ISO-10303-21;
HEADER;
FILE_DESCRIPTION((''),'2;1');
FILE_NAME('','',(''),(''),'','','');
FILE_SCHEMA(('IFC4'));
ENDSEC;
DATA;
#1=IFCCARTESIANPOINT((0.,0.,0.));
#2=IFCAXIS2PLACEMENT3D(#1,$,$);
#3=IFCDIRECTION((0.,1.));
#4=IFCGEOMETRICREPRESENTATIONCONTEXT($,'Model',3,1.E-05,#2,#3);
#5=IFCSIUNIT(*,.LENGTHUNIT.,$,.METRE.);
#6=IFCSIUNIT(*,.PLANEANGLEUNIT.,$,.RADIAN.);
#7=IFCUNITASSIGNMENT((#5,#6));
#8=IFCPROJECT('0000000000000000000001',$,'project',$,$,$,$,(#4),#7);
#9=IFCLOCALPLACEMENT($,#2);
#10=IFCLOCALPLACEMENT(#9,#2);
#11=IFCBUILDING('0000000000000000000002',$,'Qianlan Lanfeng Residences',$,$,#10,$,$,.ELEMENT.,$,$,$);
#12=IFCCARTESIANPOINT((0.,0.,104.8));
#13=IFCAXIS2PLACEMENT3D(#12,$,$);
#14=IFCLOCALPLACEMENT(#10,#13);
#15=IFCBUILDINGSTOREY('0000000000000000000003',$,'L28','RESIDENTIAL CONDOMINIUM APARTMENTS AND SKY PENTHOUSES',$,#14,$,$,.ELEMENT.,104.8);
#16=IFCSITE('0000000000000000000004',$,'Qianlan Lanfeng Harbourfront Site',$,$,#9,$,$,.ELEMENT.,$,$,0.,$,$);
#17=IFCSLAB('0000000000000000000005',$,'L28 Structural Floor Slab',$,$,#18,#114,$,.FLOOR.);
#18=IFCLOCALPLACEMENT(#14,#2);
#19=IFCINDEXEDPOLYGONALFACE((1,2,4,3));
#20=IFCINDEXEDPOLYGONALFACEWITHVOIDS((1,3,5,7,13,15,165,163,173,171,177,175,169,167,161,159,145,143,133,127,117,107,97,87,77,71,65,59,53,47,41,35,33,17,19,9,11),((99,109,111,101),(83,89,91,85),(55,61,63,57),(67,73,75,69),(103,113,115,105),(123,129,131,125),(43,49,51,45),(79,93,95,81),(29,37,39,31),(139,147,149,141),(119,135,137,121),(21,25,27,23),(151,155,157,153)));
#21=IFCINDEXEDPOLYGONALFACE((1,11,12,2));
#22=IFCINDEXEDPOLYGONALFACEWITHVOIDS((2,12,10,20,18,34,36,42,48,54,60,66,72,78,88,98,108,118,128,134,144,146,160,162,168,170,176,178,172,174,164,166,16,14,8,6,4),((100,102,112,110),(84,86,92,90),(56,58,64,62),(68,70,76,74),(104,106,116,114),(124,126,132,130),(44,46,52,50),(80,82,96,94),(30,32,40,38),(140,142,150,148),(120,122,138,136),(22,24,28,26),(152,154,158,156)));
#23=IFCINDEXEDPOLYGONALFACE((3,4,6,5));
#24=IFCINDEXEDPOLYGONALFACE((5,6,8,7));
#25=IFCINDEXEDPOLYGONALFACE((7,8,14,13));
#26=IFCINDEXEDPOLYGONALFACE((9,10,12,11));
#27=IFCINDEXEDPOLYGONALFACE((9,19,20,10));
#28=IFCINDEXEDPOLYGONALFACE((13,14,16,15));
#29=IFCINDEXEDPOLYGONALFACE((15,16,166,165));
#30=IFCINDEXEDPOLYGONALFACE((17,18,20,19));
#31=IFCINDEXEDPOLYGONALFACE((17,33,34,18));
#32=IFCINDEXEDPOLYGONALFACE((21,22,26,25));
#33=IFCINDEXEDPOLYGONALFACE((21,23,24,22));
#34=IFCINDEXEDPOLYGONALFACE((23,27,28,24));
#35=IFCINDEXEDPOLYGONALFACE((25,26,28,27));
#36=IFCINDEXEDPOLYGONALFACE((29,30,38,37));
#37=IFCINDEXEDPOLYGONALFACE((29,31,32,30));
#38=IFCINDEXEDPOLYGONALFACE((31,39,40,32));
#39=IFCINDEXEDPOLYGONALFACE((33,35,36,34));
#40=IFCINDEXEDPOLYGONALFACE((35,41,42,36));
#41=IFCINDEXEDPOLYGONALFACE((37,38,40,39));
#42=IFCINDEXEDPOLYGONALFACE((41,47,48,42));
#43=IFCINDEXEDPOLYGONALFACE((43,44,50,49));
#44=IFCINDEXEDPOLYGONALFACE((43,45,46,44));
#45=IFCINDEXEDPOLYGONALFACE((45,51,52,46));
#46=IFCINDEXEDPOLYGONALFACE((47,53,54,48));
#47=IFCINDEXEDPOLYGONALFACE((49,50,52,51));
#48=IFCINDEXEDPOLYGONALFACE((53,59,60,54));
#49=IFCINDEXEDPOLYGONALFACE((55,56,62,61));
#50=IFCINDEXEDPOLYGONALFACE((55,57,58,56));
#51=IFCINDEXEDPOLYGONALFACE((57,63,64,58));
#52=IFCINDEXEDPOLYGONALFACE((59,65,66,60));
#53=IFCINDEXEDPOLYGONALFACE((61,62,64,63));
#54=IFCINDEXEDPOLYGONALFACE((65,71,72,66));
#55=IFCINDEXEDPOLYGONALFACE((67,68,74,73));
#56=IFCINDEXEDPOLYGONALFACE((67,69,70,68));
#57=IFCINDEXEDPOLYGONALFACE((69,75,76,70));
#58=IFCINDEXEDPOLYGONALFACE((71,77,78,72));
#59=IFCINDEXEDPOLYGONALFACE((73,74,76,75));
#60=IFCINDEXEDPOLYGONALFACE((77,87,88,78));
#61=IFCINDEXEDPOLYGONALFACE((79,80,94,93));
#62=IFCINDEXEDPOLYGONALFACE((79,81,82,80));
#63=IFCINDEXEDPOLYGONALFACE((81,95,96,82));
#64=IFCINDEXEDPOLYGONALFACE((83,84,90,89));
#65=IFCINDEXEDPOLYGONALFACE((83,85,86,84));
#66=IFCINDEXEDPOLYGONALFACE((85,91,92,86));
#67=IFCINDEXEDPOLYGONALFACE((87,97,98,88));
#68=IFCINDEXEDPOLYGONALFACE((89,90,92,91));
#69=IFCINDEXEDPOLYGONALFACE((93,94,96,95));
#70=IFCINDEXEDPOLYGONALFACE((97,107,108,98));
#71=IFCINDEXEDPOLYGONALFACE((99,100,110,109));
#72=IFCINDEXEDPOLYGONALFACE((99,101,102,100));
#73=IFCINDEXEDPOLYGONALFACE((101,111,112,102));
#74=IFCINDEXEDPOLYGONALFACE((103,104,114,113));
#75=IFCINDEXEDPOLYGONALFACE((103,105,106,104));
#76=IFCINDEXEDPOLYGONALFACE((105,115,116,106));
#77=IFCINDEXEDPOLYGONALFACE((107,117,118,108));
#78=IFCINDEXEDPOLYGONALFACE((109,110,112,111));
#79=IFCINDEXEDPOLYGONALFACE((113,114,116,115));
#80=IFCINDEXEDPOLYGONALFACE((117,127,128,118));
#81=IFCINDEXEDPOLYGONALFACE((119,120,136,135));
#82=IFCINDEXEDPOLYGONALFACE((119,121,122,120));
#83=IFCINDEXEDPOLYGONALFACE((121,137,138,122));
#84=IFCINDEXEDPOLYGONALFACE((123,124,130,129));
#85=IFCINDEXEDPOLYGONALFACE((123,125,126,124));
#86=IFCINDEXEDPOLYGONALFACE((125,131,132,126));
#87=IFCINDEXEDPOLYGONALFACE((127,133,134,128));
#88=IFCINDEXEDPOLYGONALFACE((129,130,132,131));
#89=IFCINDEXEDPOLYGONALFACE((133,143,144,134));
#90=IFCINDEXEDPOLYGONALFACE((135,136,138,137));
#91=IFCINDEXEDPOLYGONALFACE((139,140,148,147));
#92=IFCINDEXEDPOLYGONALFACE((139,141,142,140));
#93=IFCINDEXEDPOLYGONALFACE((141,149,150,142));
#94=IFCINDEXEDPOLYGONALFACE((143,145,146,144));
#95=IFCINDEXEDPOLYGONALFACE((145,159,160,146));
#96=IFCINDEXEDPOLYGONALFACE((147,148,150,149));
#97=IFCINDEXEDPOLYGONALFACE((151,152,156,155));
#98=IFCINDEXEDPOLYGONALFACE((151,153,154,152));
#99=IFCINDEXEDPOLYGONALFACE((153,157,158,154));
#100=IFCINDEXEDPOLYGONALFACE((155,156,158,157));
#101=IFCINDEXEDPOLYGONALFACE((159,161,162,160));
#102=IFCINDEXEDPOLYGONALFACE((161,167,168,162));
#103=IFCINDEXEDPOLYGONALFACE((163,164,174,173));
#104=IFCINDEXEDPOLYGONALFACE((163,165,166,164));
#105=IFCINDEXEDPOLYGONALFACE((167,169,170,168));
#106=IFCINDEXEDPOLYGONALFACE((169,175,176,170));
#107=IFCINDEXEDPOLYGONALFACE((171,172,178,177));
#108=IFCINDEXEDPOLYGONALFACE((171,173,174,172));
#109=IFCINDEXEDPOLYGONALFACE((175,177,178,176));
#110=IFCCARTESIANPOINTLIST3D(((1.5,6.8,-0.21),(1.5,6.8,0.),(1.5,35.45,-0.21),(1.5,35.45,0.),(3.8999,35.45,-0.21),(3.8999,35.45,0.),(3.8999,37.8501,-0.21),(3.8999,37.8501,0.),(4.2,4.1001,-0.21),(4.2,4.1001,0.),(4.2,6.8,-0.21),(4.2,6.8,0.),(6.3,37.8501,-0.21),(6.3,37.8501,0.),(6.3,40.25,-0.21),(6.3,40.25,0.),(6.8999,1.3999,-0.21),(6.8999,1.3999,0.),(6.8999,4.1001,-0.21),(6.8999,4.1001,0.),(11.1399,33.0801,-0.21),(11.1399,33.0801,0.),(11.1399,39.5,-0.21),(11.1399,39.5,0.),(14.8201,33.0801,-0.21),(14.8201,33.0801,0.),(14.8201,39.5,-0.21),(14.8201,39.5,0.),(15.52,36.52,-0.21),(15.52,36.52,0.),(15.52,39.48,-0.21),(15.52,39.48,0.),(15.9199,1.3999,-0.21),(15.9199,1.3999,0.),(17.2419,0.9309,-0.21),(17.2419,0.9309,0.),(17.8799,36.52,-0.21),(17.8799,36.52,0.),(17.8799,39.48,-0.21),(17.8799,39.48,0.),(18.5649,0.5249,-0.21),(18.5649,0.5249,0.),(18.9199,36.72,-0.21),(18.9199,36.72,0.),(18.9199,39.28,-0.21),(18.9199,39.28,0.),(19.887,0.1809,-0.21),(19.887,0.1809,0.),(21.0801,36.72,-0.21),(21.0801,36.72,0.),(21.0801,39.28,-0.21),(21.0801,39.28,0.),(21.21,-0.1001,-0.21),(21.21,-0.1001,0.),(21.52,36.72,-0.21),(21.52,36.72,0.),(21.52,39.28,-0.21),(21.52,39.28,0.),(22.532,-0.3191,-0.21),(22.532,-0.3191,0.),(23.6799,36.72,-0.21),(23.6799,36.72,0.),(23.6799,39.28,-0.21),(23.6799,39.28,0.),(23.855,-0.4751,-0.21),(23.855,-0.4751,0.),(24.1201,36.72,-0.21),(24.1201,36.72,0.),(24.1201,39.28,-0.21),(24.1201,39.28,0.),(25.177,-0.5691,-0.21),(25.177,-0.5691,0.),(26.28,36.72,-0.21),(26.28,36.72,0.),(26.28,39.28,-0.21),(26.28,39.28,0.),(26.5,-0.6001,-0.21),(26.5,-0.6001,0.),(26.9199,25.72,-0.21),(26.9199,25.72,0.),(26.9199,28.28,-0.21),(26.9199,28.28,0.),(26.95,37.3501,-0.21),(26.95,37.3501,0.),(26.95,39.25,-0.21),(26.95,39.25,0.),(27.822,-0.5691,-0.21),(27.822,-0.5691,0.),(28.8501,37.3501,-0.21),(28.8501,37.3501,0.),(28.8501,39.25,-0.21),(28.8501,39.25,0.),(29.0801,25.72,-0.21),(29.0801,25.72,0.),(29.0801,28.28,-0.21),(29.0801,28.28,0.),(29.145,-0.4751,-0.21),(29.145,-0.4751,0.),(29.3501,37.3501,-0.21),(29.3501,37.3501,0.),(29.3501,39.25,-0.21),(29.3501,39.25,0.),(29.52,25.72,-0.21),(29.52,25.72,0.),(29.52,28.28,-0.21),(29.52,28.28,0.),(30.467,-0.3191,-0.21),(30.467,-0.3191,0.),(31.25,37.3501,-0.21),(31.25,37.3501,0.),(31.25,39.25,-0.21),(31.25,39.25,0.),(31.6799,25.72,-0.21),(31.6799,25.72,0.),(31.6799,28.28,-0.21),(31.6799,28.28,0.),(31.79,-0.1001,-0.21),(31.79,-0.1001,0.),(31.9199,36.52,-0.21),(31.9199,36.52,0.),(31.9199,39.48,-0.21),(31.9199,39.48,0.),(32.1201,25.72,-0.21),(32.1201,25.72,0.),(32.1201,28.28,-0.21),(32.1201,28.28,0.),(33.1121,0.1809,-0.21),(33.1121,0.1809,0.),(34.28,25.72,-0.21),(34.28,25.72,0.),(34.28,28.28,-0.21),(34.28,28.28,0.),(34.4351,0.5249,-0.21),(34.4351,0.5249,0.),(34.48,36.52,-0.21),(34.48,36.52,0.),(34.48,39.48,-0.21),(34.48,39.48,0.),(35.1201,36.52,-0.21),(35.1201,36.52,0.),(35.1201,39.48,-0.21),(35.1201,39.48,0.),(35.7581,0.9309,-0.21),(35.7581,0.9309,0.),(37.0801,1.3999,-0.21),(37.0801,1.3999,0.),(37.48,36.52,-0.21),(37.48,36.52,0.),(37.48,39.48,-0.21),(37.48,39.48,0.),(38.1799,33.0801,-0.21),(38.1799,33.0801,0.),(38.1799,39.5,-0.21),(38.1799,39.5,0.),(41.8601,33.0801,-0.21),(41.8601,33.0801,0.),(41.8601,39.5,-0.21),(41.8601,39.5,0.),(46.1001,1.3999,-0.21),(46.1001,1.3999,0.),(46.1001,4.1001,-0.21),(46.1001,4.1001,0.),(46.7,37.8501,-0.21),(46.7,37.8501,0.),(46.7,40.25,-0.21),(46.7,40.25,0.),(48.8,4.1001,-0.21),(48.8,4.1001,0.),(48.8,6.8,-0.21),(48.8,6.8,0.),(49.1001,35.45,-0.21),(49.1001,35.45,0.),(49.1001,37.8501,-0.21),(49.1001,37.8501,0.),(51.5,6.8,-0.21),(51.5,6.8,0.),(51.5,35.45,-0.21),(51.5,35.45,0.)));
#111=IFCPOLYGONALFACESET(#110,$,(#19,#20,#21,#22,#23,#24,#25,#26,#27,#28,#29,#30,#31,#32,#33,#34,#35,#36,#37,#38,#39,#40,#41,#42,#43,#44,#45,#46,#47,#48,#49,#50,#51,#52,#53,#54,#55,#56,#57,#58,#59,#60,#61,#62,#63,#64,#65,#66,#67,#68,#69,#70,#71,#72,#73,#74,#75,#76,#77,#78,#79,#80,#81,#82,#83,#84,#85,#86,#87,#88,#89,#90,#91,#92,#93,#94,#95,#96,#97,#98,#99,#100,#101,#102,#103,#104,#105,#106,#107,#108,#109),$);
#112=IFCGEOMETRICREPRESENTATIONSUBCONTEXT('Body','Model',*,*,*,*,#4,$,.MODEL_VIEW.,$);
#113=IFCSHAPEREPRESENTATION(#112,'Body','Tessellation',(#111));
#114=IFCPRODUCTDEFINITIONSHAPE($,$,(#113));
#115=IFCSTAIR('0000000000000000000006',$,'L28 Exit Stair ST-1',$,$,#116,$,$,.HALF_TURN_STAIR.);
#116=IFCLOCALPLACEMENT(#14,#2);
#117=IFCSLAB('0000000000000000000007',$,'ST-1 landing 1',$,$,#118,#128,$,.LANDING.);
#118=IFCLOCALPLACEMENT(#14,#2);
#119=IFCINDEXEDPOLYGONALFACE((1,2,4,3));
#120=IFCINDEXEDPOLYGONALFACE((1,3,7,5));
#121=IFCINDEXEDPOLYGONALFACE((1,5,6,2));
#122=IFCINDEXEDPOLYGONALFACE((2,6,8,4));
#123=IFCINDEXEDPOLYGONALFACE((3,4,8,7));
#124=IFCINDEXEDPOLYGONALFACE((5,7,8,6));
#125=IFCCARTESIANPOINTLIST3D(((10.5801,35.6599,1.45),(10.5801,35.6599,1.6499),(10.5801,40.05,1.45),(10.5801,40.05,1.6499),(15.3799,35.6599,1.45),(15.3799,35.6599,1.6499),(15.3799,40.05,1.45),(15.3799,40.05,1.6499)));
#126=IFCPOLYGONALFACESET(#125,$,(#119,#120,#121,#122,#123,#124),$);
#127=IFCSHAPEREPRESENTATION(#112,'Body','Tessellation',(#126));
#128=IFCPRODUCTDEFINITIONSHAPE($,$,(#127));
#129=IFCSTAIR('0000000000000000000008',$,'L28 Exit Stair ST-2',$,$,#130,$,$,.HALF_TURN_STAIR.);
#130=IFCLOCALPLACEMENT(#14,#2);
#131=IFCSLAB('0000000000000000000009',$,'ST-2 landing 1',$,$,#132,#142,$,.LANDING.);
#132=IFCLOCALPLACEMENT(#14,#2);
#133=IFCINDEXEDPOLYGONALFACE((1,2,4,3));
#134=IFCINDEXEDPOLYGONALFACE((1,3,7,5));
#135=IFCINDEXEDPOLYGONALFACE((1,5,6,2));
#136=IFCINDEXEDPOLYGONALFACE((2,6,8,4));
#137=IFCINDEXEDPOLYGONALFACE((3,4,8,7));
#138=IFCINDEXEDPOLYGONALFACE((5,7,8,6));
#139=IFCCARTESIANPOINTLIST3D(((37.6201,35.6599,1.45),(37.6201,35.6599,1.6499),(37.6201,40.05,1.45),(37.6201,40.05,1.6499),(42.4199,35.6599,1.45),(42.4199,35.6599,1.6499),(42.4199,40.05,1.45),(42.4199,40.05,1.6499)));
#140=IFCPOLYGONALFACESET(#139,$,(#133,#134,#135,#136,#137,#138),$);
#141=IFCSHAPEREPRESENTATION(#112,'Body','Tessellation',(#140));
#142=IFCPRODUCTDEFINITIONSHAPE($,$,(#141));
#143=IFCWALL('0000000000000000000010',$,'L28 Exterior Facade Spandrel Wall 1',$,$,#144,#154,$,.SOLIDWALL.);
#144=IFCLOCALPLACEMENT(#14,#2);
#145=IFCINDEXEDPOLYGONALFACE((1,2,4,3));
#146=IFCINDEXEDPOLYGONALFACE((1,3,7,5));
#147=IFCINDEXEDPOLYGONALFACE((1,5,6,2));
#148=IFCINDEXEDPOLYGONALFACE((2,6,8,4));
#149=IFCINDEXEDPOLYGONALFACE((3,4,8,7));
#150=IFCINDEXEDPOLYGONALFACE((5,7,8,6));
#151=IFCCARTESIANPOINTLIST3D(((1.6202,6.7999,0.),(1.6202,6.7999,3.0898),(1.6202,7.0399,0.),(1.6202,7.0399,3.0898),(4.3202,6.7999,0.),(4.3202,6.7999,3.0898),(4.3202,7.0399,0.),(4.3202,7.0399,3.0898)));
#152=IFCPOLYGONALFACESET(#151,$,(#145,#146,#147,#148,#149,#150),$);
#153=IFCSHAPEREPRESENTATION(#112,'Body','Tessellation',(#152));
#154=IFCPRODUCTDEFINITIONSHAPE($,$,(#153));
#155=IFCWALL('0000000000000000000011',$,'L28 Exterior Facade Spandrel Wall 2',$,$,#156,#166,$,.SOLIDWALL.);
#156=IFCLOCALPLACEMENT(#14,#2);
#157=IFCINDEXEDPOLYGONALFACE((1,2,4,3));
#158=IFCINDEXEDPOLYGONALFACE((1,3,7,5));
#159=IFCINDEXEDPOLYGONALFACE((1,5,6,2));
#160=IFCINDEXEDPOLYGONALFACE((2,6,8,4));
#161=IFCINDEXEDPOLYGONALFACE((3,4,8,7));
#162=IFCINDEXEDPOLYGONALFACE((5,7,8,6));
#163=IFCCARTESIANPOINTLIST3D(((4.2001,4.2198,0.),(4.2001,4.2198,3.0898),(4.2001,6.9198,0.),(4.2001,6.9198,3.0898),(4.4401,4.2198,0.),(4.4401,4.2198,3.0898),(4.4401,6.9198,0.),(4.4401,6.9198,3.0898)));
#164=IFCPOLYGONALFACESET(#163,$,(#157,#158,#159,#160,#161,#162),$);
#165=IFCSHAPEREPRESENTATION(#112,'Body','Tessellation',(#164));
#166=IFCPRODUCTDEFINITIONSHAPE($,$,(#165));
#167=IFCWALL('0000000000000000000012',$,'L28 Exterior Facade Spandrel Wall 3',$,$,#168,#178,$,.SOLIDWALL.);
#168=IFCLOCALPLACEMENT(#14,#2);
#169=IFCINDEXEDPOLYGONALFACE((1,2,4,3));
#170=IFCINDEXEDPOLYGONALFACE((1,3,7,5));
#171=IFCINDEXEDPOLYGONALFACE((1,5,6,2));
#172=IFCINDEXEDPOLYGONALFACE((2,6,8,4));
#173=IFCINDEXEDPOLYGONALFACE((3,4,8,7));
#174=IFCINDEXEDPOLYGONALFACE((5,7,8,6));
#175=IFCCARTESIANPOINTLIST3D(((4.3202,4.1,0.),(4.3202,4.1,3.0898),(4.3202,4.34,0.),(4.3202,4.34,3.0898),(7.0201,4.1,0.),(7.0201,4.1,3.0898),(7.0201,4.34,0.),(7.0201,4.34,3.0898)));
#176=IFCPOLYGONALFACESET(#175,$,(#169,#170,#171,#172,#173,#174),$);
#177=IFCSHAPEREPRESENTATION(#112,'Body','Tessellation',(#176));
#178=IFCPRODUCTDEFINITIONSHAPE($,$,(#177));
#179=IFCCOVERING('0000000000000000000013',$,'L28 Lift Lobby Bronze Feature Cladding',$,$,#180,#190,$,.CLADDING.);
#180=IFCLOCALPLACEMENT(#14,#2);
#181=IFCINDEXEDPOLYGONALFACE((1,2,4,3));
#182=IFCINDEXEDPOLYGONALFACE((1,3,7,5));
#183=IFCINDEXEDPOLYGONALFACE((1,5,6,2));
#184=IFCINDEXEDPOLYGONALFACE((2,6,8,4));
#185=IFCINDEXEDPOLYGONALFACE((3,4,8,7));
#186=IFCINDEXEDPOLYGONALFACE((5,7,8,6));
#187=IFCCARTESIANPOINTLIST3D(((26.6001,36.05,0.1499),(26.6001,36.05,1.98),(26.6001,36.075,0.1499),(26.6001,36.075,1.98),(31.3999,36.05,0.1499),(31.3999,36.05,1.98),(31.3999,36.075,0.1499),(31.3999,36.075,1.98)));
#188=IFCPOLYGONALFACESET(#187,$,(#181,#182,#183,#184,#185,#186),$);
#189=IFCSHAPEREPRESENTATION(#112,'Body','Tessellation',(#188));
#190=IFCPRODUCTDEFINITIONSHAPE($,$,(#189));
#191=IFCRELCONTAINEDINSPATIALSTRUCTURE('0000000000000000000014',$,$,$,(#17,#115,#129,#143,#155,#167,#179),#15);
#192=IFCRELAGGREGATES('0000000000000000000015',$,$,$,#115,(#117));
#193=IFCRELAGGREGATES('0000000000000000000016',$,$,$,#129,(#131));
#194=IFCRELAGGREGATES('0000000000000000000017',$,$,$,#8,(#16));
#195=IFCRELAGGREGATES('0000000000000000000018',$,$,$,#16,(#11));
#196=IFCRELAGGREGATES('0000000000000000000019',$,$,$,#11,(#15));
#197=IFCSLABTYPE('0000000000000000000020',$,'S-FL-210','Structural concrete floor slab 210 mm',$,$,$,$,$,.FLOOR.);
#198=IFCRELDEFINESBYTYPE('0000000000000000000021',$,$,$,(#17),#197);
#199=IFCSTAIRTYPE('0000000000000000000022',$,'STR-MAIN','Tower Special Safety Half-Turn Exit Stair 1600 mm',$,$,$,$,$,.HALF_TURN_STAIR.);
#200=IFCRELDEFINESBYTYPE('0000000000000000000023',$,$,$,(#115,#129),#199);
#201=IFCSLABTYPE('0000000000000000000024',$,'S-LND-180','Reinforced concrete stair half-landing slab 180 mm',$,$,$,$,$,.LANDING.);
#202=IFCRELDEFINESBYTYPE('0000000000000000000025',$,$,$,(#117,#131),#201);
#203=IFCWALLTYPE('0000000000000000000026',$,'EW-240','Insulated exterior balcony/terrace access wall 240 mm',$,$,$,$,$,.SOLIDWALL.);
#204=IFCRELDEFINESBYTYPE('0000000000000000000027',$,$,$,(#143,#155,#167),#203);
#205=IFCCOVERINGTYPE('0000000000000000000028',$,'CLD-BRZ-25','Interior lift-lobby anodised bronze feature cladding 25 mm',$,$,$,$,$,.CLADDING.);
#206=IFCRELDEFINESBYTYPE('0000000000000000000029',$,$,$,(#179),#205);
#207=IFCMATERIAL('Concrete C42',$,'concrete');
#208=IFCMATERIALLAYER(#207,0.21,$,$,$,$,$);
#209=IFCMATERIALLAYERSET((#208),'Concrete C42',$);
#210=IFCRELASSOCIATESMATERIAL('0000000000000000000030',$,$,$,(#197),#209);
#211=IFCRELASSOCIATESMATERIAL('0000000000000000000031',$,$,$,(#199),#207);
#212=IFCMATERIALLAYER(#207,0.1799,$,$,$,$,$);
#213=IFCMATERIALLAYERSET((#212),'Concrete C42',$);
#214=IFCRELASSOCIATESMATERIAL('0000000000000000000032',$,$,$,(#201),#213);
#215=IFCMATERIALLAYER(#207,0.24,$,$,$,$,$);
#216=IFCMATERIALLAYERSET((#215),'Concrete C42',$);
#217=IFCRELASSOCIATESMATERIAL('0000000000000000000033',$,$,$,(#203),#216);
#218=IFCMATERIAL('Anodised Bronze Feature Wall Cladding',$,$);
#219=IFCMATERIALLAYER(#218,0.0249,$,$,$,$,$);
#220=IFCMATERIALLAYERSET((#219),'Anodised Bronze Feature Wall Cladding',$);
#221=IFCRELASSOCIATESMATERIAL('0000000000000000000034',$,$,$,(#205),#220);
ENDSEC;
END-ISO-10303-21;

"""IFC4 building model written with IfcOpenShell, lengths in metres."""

from ifc_helpers import new_model, si_unit, direction, frame, frame_2d, origin, place, context, subcontext, project, spatial, polyline, rectangle, outline, extrude, material, layer, layer_set, type_object, element, aggregate, save


model = new_model("IFC4")

# Units and contexts
model_context = context("Model", 3, precision=1e-05, world=origin(), true_north=direction((0.0, 1.0)))
body_context = subcontext(model_context, "Body", "Model", "MODEL_VIEW")
ifc_project = project(units=[si_unit("LENGTHUNIT", "METRE"), si_unit("PLANEANGLEUNIT", "RADIAN")], contexts=[model_context])

# Site, building, storey
site_placement = place(None, origin())
site = spatial("IfcSite", under=ifc_project, at=site_placement, Name="Qianlan Lanfeng Harbourfront Site", CompositionType="ELEMENT", RefElevation=0.0)
building_placement = place(site_placement, origin())
building = spatial("IfcBuilding", under=site, at=building_placement, Name="Qianlan Lanfeng Residences", CompositionType="ELEMENT")
storey_placement = place(building_placement, frame((0.0, 0.0, 104.8)))
storey = spatial("IfcBuildingStorey", under=building, at=storey_placement, Name="L28", Description="RESIDENTIAL CONDOMINIUM APARTMENTS AND SKY PENTHOUSES", CompositionType="ELEMENT", Elevation=104.8)

# Slab
ifc_material_1 = material(Name="Concrete C42", Category="concrete")
ifc_layer_1 = layer(ifc_material_1, 0.21)
ifc_layer_set_1 = layer_set([ifc_layer_1], Name="Concrete C42")
slab_type_1 = type_object("IfcSlabType", Name="S-FL-210", Description="Structural concrete floor slab 210 mm", PredefinedType="FLOOR", material=ifc_layer_set_1)
slab_1_placement = place(storey_placement, frame((0.0, 0.0, -0.21)))
element("IfcSlab", 1, at=slab_1_placement, inside=storey, type_object=slab_type_1, Name="L28 Structural Floor Slab", PredefinedType="FLOOR", context=body_context, shape_type="SweptSolid", body=[
    extrude(outline(polyline([(1.5, 6.8), (4.2, 6.8), (4.2, 4.1001), (6.8999, 4.1001), (6.8999, 1.3999), (15.9199, 1.3999), (17.2419, 0.9309), (18.5649, 0.5249), (19.887, 0.1809), (21.21, -0.1001), (22.532, -0.3191), (23.855, -0.4751), (25.177, -0.5691), (26.5, -0.6001), (27.822, -0.5691), (29.145, -0.4751), (30.467, -0.3191), (31.79, -0.1001), (33.1121, 0.1809), (34.4351, 0.5249), (35.7581, 0.9309), (37.0801, 1.3999), (46.1001, 1.3999), (46.1001, 4.1001), (48.8, 4.1001), (48.8, 6.8), (51.5, 6.8), (51.5, 35.45), (49.1001, 35.45), (49.1001, 37.8501), (46.7, 37.8501), (46.7, 40.25), (6.3, 40.25), (6.3, 37.8501), (3.8999, 37.8501), (3.8999, 35.45), (1.5, 35.45), (1.5, 6.8)]), holes=[polyline([(11.1399, 33.0801), (11.1399, 39.5), (14.8201, 39.5), (14.8201, 33.0801), (11.1399, 33.0801)]), polyline([(38.1799, 33.0801), (38.1799, 39.5), (41.8601, 39.5), (41.8601, 33.0801), (38.1799, 33.0801)]), polyline([(15.52, 36.52), (15.52, 39.48), (17.8799, 39.48), (17.8799, 36.52), (15.52, 36.52)]), polyline([(35.1201, 36.52), (35.1201, 39.48), (37.48, 39.48), (37.48, 36.52), (35.1201, 36.52)]), polyline([(31.9199, 36.52), (31.9199, 39.48), (34.48, 39.48), (34.48, 36.52), (31.9199, 36.52)]), polyline([(26.9199, 25.72), (26.9199, 28.28), (29.0801, 28.28), (29.0801, 25.72), (26.9199, 25.72)]), polyline([(29.52, 25.72), (29.52, 28.28), (31.6799, 28.28), (31.6799, 25.72), (29.52, 25.72)]), polyline([(32.1201, 25.72), (32.1201, 28.28), (34.28, 28.28), (34.28, 25.72), (32.1201, 25.72)]), polyline([(18.9199, 36.72), (18.9199, 39.28), (21.0801, 39.28), (21.0801, 36.72), (18.9199, 36.72)]), polyline([(21.52, 36.72), (21.52, 39.28), (23.6799, 39.28), (23.6799, 36.72), (21.52, 36.72)]), polyline([(24.1201, 36.72), (24.1201, 39.28), (26.28, 39.28), (26.28, 36.72), (24.1201, 36.72)]), polyline([(26.95, 37.3501), (26.95, 39.25), (28.8501, 39.25), (28.8501, 37.3501), (26.95, 37.3501)]), polyline([(29.3501, 37.3501), (29.3501, 39.25), (31.25, 39.25), (31.25, 37.3501), (29.3501, 37.3501)])]), origin(), (0.0, 0.0, 1.0), 0.21),
])

# Stairs, slabs
stair_type = type_object("IfcStairType", Name="STR-MAIN", Description="Tower Special Safety Half-Turn Exit Stair 1600 mm", PredefinedType="HALF_TURN_STAIR", material=ifc_material_1)
stair_1_placement = place(storey_placement, origin())
stair_1 = element("IfcStair", 2, at=stair_1_placement, inside=storey, type_object=stair_type, Name="L28 Exit Stair ST-1", PredefinedType="HALF_TURN_STAIR")
ifc_layer_2 = layer(ifc_material_1, 0.1799)
ifc_layer_set_2 = layer_set([ifc_layer_2], Name="Concrete C42")
slab_type_2 = type_object("IfcSlabType", Name="S-LND-180", Description="Reinforced concrete stair half-landing slab 180 mm", PredefinedType="LANDING", material=ifc_layer_set_2)
slab_2_placement = place(storey_placement, frame((0.0, 0.0, 1.45)))
slab_2 = element("IfcSlab", 3, at=slab_2_placement, type_object=slab_type_2, Name="ST-1 landing 1", PredefinedType="LANDING", context=body_context, shape_type="SweptSolid", body=[
    extrude(outline(polyline([(10.5801, 35.6599), (15.3799, 35.6599), (15.3799, 40.05), (10.5801, 40.05), (10.5801, 35.6599)])), origin(), (0.0, 0.0, 1.0), 0.2),
])
aggregate(stair_1, [slab_2])
stair_2_placement = place(storey_placement, origin())
stair_2 = element("IfcStair", 4, at=stair_2_placement, inside=storey, type_object=stair_type, Name="L28 Exit Stair ST-2", PredefinedType="HALF_TURN_STAIR")
slab_3_placement = place(storey_placement, frame((0.0, 0.0, 1.45)))
slab_3 = element("IfcSlab", 5, at=slab_3_placement, type_object=slab_type_2, Name="ST-2 landing 1", PredefinedType="LANDING", context=body_context, shape_type="SweptSolid", body=[
    extrude(outline(polyline([(37.6201, 35.6599), (42.4199, 35.6599), (42.4199, 40.05), (37.6201, 40.05), (37.6201, 35.6599)])), origin(), (0.0, 0.0, 1.0), 0.2),
])
aggregate(stair_2, [slab_3])

# Walls
ifc_layer_3 = layer(ifc_material_1, 0.24)
ifc_layer_set_3 = layer_set([ifc_layer_3], Name="Concrete C42")
wall_type = type_object("IfcWallType", Name="EW-240", Description="Insulated exterior balcony/terrace access wall 240 mm", PredefinedType="SOLIDWALL", material=ifc_layer_set_3)
for number, where, z_axis, x_axis, name in (
    (6, (1.6201, 6.9199, 0.0), (0.0, 0.0, 1.0), (1.0, 0.0, 0.0), "L28 Exterior Facade Spandrel Wall 1"),
    (7, (4.3201, 6.9199, 0.0), (0.0, 0.0, 1.0), (0.0, -1.0, 0.0), "L28 Exterior Facade Spandrel Wall 2"),
    (8, (4.3201, 4.22, 0.0), (0.0, 0.0, 1.0), (1.0, 0.0, 0.0), "L28 Exterior Facade Spandrel Wall 3"),
):
    element("IfcWall", number, at=place(storey_placement, frame(where, z_axis=z_axis, x_axis=x_axis)), inside=storey, type_object=wall_type, Name=name, PredefinedType="SOLIDWALL", context=body_context, shape_type="SweptSolid", body=[
        extrude(rectangle(XDim=2.7, YDim=0.24, at=frame_2d((1.3501, 0.0))), origin(), (0.0, 0.0, 1.0), 3.0898),
    ])

# Covering
ifc_material_2 = material(Name="Anodised Bronze Feature Wall Cladding")
ifc_layer_4 = layer(ifc_material_2, 0.0249)
ifc_layer_set_4 = layer_set([ifc_layer_4], Name="Anodised Bronze Feature Wall Cladding")
covering_type_1 = type_object("IfcCoveringType", Name="CLD-BRZ-25", Description="Interior lift-lobby anodised bronze feature cladding 25 mm", PredefinedType="CLADDING", material=ifc_layer_set_4)
covering_1_placement = place(storey_placement, frame((0.0, 0.0, 0.1499)))
element("IfcCovering", 9, at=covering_1_placement, inside=storey, type_object=covering_type_1, Name="L28 Lift Lobby Bronze Feature Cladding", PredefinedType="CLADDING", context=body_context, shape_type="SweptSolid", body=[
    extrude(outline(polyline([(26.6001, 36.05), (31.3999, 36.05), (31.3999, 36.075), (26.6001, 36.075), (26.6001, 36.05)])), origin(), (0.0, 0.0, 1.0), 1.8301),
])

save(model, "model.ifc")
